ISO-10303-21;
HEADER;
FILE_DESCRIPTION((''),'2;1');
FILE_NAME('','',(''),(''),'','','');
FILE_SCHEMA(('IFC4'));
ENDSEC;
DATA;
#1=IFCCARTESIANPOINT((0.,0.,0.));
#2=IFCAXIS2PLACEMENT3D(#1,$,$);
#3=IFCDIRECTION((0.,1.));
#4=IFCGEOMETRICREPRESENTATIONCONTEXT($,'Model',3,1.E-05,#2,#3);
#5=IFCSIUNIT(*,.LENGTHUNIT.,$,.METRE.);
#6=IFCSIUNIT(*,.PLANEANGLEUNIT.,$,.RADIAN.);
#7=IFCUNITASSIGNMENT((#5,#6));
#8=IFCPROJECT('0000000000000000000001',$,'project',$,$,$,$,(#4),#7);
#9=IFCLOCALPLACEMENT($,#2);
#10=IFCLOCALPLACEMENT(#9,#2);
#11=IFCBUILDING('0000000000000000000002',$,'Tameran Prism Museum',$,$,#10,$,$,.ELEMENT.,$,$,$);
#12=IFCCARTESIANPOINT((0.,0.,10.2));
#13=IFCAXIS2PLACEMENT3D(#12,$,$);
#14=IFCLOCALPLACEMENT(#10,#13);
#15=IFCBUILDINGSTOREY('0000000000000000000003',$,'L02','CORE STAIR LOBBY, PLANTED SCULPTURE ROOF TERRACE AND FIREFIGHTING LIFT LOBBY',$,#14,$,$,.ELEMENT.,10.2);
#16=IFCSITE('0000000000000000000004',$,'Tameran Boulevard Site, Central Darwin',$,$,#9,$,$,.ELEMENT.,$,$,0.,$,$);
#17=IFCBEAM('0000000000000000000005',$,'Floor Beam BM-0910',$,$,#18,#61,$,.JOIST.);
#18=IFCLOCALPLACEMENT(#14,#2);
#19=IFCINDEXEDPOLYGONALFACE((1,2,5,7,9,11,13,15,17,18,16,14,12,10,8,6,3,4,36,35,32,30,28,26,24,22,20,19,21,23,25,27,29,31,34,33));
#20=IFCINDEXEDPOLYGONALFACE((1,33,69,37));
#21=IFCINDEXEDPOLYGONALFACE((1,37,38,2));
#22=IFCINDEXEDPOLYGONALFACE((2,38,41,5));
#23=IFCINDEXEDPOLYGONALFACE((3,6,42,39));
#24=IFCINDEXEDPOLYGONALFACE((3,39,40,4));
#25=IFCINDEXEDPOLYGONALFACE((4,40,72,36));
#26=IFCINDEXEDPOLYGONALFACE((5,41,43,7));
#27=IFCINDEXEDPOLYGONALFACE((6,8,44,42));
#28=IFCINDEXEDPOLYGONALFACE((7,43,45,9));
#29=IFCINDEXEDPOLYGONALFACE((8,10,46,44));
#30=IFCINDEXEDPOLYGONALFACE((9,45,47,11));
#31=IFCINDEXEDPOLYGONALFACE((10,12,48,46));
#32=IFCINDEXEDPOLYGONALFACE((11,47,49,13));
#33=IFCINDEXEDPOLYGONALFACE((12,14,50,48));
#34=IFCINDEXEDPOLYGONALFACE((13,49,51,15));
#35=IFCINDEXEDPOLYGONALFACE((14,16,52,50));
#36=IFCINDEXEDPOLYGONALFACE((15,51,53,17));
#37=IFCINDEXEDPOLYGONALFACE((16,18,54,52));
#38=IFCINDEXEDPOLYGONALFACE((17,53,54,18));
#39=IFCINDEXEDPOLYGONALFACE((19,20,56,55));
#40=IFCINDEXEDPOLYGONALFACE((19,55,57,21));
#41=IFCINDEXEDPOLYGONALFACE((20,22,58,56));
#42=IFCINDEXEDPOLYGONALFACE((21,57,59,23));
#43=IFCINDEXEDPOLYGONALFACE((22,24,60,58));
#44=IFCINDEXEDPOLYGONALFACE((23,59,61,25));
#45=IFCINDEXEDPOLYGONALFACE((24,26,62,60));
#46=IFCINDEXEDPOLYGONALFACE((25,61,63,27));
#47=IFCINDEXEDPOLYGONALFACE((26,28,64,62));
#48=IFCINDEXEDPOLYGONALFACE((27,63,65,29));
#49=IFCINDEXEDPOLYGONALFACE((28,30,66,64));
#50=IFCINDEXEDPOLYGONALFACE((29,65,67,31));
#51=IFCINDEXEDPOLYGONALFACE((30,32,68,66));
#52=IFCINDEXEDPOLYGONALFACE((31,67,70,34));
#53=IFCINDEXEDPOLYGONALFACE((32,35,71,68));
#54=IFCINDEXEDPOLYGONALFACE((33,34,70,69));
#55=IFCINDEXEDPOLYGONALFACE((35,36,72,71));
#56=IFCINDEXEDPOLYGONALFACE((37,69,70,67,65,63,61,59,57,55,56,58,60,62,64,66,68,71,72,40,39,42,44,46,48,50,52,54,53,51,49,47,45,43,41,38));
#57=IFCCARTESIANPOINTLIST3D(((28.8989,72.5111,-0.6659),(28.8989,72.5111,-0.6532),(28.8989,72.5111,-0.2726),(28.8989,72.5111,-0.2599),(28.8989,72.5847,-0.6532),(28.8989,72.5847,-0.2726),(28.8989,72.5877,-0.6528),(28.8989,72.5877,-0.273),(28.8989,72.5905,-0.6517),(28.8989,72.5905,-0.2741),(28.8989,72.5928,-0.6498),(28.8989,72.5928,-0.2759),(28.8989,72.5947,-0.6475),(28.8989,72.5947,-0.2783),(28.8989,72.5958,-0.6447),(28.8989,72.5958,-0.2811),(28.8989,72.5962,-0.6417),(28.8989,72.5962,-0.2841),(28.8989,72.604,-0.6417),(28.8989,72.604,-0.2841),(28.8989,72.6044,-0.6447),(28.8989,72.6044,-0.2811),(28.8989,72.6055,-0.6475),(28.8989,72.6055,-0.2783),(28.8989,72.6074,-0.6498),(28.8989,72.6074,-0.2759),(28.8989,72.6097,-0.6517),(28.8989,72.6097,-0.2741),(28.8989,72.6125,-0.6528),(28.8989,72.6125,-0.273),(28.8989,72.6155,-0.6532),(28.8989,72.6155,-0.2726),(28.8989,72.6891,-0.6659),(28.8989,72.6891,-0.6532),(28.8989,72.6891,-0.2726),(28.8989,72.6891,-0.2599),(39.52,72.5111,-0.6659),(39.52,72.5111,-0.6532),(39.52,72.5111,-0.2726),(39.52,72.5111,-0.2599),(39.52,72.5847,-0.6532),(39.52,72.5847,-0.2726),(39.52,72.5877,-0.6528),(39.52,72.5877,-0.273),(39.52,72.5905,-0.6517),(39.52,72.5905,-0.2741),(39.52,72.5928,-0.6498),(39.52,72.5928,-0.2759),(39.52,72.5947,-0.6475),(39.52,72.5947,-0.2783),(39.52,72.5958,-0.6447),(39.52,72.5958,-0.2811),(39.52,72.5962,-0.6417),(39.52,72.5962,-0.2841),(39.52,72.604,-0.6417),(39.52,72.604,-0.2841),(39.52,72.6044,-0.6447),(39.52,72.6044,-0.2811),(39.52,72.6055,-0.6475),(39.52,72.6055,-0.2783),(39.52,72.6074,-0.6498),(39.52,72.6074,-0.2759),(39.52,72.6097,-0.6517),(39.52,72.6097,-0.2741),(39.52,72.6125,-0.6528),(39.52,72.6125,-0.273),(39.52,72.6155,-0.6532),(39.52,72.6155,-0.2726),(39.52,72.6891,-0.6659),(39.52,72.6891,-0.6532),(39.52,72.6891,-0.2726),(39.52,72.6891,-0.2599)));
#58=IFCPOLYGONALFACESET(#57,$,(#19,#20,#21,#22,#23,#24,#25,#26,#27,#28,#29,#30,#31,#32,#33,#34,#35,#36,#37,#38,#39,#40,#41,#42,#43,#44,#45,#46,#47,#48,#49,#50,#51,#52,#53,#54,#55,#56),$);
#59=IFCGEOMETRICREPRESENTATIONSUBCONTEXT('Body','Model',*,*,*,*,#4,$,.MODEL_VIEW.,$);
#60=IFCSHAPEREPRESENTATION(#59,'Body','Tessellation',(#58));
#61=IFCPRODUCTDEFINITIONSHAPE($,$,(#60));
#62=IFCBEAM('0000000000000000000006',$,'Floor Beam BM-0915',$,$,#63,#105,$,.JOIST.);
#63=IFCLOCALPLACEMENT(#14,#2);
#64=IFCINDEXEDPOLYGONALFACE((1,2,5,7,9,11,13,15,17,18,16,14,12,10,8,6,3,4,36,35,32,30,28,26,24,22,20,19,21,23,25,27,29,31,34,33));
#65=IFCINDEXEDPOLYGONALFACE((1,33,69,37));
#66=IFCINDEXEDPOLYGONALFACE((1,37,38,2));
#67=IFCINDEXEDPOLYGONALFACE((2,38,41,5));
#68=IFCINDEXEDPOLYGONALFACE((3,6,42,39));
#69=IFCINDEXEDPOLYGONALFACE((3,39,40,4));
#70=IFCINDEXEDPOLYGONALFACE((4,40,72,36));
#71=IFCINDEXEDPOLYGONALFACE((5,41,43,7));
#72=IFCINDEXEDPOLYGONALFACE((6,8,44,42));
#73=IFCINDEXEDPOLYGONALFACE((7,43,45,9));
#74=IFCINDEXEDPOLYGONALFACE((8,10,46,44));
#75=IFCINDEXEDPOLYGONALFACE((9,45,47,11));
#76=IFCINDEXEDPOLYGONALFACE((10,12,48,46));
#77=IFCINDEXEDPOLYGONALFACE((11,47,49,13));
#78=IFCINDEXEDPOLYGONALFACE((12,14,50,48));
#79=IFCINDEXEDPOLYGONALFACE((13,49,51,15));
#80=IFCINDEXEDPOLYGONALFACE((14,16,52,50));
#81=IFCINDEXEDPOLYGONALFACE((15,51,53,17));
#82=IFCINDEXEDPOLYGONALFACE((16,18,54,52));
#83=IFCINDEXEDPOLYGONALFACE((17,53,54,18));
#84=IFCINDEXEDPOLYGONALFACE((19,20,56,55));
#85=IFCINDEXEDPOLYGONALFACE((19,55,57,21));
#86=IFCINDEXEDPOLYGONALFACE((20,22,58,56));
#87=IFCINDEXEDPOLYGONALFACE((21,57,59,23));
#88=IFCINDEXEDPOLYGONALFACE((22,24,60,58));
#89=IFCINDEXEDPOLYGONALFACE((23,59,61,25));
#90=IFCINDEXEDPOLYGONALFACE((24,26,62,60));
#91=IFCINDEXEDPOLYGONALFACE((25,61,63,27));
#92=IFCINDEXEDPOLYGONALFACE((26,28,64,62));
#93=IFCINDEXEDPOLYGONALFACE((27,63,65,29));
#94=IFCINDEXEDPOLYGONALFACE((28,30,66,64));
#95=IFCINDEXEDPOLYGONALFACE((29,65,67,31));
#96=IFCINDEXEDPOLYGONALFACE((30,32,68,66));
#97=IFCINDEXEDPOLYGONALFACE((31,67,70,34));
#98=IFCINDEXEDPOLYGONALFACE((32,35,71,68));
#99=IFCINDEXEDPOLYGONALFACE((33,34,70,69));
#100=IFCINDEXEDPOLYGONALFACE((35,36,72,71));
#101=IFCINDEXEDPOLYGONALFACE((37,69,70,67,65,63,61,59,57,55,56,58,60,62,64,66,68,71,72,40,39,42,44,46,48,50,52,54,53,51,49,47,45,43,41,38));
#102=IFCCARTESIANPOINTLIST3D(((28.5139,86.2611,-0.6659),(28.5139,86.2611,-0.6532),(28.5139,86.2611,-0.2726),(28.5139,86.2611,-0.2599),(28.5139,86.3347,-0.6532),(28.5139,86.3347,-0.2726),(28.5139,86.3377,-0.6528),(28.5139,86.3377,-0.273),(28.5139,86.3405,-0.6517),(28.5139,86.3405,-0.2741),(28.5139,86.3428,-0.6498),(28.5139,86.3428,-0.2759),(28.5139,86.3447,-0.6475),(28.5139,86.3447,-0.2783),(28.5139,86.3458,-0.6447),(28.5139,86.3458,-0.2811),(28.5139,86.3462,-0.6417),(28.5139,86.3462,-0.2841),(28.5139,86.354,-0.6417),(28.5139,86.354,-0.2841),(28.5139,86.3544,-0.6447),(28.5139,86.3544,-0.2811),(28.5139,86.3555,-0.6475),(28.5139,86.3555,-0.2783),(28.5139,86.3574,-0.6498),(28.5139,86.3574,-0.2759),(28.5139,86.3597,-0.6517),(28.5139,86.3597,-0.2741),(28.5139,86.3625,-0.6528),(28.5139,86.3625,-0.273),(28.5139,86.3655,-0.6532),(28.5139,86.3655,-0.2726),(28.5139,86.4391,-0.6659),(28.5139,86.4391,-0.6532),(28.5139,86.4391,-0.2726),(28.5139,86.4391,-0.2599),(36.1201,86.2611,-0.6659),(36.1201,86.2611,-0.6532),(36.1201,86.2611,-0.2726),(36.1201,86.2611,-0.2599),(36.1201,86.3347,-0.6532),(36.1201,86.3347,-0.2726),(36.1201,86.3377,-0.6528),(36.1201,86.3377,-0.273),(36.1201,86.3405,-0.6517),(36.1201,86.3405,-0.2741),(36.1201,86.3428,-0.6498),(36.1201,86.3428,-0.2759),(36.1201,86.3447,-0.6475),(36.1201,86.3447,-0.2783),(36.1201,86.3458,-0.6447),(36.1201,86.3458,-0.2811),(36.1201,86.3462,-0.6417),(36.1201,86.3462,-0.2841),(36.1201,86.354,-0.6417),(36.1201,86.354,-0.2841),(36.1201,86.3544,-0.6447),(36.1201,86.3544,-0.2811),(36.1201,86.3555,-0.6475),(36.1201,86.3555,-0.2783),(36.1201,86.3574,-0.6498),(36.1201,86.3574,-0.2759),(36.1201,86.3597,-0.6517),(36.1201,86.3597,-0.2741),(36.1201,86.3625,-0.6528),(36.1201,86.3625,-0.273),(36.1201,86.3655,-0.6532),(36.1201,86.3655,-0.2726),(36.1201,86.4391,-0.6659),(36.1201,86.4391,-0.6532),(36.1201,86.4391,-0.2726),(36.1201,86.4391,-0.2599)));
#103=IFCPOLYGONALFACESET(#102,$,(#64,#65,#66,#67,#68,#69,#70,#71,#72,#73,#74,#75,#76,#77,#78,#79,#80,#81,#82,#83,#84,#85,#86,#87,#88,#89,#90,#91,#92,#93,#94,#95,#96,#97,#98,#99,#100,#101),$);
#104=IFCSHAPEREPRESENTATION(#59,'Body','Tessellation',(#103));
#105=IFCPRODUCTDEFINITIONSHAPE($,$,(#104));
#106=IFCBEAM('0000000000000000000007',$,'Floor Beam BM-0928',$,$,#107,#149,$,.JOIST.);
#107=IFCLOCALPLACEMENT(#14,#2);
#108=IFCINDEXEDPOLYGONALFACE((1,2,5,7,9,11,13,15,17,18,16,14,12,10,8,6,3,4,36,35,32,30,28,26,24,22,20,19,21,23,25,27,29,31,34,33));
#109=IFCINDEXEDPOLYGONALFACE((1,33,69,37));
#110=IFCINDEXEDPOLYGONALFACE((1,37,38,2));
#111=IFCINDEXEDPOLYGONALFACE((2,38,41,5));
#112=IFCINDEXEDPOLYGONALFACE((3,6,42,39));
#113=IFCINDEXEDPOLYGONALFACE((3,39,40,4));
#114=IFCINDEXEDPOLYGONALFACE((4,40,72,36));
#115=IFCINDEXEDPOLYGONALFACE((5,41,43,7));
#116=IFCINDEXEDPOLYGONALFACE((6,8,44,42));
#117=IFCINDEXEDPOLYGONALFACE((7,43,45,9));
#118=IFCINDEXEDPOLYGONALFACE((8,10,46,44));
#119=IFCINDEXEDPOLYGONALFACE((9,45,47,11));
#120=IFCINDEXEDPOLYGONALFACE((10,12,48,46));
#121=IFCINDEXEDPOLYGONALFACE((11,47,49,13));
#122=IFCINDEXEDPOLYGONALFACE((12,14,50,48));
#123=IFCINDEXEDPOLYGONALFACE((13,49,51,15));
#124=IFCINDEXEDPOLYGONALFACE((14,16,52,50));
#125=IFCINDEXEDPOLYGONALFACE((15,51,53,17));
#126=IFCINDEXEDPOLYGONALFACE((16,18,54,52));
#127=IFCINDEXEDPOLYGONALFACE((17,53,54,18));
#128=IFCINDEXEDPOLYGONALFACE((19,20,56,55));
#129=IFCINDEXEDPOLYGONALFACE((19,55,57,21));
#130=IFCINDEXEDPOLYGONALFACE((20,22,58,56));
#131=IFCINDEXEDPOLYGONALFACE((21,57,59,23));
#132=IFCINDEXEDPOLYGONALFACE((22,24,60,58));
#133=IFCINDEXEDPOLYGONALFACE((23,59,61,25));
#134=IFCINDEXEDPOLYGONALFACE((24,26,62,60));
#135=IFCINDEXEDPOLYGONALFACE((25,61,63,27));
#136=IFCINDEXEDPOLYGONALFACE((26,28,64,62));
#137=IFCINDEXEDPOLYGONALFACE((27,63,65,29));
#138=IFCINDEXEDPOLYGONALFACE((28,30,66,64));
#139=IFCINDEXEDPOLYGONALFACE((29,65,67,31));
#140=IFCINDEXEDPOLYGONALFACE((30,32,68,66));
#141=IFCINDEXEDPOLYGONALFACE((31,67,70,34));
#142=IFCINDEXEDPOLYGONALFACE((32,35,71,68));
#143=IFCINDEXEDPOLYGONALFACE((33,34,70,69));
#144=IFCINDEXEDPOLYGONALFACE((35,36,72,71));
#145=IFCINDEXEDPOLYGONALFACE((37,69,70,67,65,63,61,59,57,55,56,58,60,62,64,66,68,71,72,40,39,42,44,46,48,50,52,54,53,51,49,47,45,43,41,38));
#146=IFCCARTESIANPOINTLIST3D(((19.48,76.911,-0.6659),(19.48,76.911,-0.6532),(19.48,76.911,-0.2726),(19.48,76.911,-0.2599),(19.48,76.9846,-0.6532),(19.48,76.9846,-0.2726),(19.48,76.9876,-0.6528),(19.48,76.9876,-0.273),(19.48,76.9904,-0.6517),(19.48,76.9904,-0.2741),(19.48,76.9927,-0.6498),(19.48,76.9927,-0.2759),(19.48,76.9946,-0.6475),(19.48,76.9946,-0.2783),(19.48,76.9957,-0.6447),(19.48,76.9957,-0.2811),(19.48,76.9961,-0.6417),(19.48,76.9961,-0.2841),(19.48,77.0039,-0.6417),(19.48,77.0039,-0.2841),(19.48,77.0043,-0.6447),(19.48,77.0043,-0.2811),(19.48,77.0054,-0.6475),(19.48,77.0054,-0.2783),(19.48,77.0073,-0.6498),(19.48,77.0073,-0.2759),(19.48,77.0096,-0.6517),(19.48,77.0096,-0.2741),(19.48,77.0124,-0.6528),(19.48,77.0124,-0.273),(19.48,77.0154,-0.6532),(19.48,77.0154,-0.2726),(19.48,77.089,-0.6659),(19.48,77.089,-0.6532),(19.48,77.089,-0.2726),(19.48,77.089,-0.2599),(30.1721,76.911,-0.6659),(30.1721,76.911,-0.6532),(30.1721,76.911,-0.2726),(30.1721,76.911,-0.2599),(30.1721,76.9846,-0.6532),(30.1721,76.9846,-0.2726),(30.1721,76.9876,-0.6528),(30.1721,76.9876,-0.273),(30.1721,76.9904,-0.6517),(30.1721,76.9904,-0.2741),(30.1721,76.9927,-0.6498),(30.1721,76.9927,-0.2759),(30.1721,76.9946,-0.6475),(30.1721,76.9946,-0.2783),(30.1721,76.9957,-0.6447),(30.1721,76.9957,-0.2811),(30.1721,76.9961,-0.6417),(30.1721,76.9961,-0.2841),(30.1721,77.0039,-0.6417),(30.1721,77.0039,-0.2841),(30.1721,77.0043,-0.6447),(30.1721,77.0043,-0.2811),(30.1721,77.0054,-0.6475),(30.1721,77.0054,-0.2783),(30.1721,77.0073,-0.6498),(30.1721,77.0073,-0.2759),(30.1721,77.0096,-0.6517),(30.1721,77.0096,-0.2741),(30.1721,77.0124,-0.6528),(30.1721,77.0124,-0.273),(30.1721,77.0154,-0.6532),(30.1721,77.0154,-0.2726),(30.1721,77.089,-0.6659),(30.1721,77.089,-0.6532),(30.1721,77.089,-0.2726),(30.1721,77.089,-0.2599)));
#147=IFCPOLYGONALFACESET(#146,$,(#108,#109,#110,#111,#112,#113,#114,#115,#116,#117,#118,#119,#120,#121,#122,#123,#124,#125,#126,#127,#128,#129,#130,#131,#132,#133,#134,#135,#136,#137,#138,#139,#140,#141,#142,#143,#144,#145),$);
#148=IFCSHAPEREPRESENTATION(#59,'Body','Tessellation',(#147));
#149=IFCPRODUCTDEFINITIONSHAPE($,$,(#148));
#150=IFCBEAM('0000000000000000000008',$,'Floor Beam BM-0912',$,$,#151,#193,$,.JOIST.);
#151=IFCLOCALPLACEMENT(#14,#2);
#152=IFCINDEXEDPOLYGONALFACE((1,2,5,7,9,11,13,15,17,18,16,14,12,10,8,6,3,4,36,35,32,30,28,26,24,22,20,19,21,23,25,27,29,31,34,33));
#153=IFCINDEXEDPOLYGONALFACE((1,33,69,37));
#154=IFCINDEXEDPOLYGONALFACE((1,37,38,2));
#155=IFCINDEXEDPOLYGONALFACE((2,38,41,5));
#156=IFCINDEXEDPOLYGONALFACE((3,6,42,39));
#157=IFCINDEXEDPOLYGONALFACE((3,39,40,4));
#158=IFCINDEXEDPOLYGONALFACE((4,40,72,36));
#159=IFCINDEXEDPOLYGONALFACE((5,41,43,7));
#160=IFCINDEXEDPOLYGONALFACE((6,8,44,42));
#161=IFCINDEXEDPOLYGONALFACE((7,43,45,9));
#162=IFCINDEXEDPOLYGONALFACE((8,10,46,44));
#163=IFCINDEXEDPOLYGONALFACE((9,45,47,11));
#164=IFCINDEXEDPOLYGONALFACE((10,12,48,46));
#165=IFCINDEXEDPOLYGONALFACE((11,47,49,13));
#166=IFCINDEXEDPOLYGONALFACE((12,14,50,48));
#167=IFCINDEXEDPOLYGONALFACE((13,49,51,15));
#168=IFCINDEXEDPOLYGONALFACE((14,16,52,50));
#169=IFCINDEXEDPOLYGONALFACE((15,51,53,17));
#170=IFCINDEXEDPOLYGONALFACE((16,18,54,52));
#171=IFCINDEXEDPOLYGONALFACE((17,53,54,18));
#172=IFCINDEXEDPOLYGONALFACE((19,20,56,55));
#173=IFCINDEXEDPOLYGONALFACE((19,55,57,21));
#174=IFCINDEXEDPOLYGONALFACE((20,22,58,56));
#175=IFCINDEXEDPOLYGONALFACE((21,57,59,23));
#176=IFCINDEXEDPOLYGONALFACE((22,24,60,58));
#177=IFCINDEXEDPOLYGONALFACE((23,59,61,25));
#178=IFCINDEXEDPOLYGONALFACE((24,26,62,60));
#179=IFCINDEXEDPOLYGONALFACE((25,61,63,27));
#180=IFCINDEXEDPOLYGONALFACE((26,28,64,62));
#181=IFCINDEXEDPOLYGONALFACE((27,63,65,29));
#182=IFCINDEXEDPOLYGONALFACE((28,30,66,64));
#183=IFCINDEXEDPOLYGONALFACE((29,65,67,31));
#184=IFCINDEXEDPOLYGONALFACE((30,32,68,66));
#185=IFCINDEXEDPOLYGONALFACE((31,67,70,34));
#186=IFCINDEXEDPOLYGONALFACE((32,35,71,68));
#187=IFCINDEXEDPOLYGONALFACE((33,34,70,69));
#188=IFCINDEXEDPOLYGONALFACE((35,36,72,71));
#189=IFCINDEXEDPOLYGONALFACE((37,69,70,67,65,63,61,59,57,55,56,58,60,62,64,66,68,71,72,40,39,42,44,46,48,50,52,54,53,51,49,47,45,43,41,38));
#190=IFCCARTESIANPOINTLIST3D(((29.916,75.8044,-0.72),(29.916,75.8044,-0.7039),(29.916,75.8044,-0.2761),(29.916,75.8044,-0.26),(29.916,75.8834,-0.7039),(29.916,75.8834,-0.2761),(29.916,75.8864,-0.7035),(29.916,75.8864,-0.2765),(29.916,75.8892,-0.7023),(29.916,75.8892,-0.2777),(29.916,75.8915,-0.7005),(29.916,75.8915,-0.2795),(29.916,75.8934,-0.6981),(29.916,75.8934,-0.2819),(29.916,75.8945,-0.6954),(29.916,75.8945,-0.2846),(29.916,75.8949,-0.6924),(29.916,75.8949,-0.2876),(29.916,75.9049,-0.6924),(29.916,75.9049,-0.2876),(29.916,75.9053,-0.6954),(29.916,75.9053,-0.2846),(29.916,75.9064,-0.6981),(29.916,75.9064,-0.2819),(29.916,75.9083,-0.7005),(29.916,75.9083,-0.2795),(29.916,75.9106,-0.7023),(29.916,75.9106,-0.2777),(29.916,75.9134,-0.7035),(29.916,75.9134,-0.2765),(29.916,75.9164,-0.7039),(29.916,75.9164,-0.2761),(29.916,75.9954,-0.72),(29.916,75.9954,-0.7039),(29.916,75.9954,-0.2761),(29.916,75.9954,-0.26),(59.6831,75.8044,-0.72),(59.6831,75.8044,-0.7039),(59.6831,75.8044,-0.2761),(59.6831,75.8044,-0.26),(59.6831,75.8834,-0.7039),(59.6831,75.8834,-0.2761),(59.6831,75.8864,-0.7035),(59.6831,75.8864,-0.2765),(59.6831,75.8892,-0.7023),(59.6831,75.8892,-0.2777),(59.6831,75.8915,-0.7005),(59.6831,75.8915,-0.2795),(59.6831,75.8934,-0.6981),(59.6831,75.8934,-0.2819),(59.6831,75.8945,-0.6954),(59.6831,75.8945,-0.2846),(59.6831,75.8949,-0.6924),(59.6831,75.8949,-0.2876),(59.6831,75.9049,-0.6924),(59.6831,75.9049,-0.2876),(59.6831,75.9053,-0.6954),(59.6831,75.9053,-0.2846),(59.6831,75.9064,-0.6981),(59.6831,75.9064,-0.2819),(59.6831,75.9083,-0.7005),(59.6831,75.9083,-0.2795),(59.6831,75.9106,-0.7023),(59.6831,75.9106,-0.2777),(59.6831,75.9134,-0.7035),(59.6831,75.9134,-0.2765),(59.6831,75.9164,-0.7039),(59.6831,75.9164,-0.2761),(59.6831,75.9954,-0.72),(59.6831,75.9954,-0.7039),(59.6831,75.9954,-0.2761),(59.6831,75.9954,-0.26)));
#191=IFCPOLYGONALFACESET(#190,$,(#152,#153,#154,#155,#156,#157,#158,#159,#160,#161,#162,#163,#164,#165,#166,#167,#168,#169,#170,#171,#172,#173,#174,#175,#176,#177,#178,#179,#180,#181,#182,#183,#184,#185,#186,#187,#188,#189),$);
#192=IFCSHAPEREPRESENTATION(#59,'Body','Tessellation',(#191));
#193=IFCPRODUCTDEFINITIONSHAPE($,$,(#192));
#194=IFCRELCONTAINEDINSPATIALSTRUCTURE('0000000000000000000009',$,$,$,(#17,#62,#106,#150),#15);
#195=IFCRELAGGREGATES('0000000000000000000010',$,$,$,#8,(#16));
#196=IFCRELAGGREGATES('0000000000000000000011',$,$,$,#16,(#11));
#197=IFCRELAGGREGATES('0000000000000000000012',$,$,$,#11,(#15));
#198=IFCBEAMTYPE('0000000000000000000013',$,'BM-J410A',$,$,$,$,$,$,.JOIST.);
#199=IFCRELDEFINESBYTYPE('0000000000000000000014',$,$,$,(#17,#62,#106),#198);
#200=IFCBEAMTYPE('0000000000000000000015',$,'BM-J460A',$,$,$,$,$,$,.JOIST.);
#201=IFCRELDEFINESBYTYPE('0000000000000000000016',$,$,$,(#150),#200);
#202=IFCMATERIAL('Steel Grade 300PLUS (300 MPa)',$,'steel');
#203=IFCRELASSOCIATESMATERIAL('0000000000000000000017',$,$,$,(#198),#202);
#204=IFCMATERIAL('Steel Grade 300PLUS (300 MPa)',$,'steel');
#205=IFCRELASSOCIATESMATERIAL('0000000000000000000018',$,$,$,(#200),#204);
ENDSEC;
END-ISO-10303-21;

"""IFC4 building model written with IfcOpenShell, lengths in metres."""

from ifc_helpers import new_model, si_unit, direction, frame, origin, origin_2d, place, context, subcontext, project, spatial, i_section, extrude, material, material_profile, profile_set, type_object, element, save


model = new_model("IFC4")

# Units and contexts
model_context = context("Model", 3, precision=1e-05, world=origin(), true_north=direction((0.0, 1.0)))
body_context = subcontext(model_context, "Body", "Model", "MODEL_VIEW")
ifc_project = project(units=[si_unit("LENGTHUNIT", "METRE"), si_unit("PLANEANGLEUNIT", "RADIAN")], contexts=[model_context])

# Site, building, storey
site_placement = place(None, origin())
site = spatial("IfcSite", under=ifc_project, at=site_placement, Name="Tameran Boulevard Site, Central Darwin", CompositionType="ELEMENT", RefElevation=0.0)
building_placement = place(site_placement, origin())
building = spatial("IfcBuilding", under=site, at=building_placement, Name="Tameran Prism Museum", CompositionType="ELEMENT")
storey_placement = place(building_placement, frame((0.0, 0.0, 10.2)))
storey = spatial("IfcBuildingStorey", under=building, at=storey_placement, Name="L02", Description="CORE STAIR LOBBY, PLANTED SCULPTURE ROOF TERRACE AND FIREFIGHTING LIFT LOBBY", CompositionType="ELEMENT", Elevation=10.2)

# Beams
ifc_material_1 = material(Name="Steel Grade 300PLUS (300 MPa)", Category="steel")
ifc_material_profile_1 = material_profile(ifc_material_1, i_section(OverallWidth=0.178, OverallDepth=0.406, WebThickness=0.0078, FlangeThickness=0.0127, FilletRadius=0.0115, at=origin_2d()))
ifc_profile_set_1 = profile_set([ifc_material_profile_1])
beam_type_1 = type_object("IfcBeamType", Name="BM-J410A", PredefinedType="JOIST", material=ifc_profile_set_1)
beam_1_placement = place(storey_placement, frame((28.8989, 72.6001, -0.4629), z_axis=(1.0, 0.0, 0.0), x_axis=(0.0, 1.0, 0.0)))
element("IfcBeam", 1, at=beam_1_placement, inside=storey, type_object=beam_type_1, Name="Floor Beam BM-0910", PredefinedType="JOIST", context=body_context, shape_type="SweptSolid", body=[
    extrude(i_section(OverallWidth=0.178, OverallDepth=0.406, WebThickness=0.0078, FlangeThickness=0.0127, FilletRadius=0.0115, at=origin_2d()), origin(), (0.0, 0.0, 1.0), 10.6211),
])
beam_2_placement = place(storey_placement, frame((28.5139, 86.3501, -0.4629), z_axis=(1.0, 0.0, 0.0), x_axis=(0.0, 1.0, 0.0)))
element("IfcBeam", 2, at=beam_2_placement, inside=storey, type_object=beam_type_1, Name="Floor Beam BM-0915", PredefinedType="JOIST", context=body_context, shape_type="SweptSolid", body=[
    extrude(i_section(OverallWidth=0.178, OverallDepth=0.406, WebThickness=0.0078, FlangeThickness=0.0127, FilletRadius=0.0115, at=origin_2d()), origin(), (0.0, 0.0, 1.0), 7.6062),
])
beam_3_placement = place(storey_placement, frame((19.48, 77.0, -0.4629), z_axis=(1.0, 0.0, 0.0), x_axis=(0.0, 1.0, 0.0)))
element("IfcBeam", 3, at=beam_3_placement, inside=storey, type_object=beam_type_1, Name="Floor Beam BM-0928", PredefinedType="JOIST", context=body_context, shape_type="SweptSolid", body=[
    extrude(i_section(OverallWidth=0.178, OverallDepth=0.406, WebThickness=0.0078, FlangeThickness=0.0127, FilletRadius=0.0115, at=origin_2d()), origin(), (0.0, 0.0, 1.0), 10.6921),
])
ifc_material_2 = material(Name="Steel Grade 300PLUS (300 MPa)", Category="steel")
ifc_material_profile_2 = material_profile(ifc_material_2, i_section(OverallWidth=0.1909, OverallDepth=0.46, WebThickness=0.01, FlangeThickness=0.0161, FilletRadius=0.0115, at=origin_2d()))
ifc_profile_set_2 = profile_set([ifc_material_profile_2])
beam_type_2 = type_object("IfcBeamType", Name="BM-J460A", PredefinedType="JOIST", material=ifc_profile_set_2)
beam_4_placement = place(storey_placement, frame((29.916, 75.8999, -0.49), z_axis=(1.0, 0.0, 0.0), x_axis=(0.0, 1.0, 0.0)))
element("IfcBeam", 4, at=beam_4_placement, inside=storey, type_object=beam_type_2, Name="Floor Beam BM-0912", PredefinedType="JOIST", context=body_context, shape_type="SweptSolid", body=[
    extrude(i_section(OverallWidth=0.1909, OverallDepth=0.46, WebThickness=0.01, FlangeThickness=0.0161, FilletRadius=0.0115, at=origin_2d()), origin(), (0.0, 0.0, 1.0), 29.7671),
])

save(model, "model.ifc")
